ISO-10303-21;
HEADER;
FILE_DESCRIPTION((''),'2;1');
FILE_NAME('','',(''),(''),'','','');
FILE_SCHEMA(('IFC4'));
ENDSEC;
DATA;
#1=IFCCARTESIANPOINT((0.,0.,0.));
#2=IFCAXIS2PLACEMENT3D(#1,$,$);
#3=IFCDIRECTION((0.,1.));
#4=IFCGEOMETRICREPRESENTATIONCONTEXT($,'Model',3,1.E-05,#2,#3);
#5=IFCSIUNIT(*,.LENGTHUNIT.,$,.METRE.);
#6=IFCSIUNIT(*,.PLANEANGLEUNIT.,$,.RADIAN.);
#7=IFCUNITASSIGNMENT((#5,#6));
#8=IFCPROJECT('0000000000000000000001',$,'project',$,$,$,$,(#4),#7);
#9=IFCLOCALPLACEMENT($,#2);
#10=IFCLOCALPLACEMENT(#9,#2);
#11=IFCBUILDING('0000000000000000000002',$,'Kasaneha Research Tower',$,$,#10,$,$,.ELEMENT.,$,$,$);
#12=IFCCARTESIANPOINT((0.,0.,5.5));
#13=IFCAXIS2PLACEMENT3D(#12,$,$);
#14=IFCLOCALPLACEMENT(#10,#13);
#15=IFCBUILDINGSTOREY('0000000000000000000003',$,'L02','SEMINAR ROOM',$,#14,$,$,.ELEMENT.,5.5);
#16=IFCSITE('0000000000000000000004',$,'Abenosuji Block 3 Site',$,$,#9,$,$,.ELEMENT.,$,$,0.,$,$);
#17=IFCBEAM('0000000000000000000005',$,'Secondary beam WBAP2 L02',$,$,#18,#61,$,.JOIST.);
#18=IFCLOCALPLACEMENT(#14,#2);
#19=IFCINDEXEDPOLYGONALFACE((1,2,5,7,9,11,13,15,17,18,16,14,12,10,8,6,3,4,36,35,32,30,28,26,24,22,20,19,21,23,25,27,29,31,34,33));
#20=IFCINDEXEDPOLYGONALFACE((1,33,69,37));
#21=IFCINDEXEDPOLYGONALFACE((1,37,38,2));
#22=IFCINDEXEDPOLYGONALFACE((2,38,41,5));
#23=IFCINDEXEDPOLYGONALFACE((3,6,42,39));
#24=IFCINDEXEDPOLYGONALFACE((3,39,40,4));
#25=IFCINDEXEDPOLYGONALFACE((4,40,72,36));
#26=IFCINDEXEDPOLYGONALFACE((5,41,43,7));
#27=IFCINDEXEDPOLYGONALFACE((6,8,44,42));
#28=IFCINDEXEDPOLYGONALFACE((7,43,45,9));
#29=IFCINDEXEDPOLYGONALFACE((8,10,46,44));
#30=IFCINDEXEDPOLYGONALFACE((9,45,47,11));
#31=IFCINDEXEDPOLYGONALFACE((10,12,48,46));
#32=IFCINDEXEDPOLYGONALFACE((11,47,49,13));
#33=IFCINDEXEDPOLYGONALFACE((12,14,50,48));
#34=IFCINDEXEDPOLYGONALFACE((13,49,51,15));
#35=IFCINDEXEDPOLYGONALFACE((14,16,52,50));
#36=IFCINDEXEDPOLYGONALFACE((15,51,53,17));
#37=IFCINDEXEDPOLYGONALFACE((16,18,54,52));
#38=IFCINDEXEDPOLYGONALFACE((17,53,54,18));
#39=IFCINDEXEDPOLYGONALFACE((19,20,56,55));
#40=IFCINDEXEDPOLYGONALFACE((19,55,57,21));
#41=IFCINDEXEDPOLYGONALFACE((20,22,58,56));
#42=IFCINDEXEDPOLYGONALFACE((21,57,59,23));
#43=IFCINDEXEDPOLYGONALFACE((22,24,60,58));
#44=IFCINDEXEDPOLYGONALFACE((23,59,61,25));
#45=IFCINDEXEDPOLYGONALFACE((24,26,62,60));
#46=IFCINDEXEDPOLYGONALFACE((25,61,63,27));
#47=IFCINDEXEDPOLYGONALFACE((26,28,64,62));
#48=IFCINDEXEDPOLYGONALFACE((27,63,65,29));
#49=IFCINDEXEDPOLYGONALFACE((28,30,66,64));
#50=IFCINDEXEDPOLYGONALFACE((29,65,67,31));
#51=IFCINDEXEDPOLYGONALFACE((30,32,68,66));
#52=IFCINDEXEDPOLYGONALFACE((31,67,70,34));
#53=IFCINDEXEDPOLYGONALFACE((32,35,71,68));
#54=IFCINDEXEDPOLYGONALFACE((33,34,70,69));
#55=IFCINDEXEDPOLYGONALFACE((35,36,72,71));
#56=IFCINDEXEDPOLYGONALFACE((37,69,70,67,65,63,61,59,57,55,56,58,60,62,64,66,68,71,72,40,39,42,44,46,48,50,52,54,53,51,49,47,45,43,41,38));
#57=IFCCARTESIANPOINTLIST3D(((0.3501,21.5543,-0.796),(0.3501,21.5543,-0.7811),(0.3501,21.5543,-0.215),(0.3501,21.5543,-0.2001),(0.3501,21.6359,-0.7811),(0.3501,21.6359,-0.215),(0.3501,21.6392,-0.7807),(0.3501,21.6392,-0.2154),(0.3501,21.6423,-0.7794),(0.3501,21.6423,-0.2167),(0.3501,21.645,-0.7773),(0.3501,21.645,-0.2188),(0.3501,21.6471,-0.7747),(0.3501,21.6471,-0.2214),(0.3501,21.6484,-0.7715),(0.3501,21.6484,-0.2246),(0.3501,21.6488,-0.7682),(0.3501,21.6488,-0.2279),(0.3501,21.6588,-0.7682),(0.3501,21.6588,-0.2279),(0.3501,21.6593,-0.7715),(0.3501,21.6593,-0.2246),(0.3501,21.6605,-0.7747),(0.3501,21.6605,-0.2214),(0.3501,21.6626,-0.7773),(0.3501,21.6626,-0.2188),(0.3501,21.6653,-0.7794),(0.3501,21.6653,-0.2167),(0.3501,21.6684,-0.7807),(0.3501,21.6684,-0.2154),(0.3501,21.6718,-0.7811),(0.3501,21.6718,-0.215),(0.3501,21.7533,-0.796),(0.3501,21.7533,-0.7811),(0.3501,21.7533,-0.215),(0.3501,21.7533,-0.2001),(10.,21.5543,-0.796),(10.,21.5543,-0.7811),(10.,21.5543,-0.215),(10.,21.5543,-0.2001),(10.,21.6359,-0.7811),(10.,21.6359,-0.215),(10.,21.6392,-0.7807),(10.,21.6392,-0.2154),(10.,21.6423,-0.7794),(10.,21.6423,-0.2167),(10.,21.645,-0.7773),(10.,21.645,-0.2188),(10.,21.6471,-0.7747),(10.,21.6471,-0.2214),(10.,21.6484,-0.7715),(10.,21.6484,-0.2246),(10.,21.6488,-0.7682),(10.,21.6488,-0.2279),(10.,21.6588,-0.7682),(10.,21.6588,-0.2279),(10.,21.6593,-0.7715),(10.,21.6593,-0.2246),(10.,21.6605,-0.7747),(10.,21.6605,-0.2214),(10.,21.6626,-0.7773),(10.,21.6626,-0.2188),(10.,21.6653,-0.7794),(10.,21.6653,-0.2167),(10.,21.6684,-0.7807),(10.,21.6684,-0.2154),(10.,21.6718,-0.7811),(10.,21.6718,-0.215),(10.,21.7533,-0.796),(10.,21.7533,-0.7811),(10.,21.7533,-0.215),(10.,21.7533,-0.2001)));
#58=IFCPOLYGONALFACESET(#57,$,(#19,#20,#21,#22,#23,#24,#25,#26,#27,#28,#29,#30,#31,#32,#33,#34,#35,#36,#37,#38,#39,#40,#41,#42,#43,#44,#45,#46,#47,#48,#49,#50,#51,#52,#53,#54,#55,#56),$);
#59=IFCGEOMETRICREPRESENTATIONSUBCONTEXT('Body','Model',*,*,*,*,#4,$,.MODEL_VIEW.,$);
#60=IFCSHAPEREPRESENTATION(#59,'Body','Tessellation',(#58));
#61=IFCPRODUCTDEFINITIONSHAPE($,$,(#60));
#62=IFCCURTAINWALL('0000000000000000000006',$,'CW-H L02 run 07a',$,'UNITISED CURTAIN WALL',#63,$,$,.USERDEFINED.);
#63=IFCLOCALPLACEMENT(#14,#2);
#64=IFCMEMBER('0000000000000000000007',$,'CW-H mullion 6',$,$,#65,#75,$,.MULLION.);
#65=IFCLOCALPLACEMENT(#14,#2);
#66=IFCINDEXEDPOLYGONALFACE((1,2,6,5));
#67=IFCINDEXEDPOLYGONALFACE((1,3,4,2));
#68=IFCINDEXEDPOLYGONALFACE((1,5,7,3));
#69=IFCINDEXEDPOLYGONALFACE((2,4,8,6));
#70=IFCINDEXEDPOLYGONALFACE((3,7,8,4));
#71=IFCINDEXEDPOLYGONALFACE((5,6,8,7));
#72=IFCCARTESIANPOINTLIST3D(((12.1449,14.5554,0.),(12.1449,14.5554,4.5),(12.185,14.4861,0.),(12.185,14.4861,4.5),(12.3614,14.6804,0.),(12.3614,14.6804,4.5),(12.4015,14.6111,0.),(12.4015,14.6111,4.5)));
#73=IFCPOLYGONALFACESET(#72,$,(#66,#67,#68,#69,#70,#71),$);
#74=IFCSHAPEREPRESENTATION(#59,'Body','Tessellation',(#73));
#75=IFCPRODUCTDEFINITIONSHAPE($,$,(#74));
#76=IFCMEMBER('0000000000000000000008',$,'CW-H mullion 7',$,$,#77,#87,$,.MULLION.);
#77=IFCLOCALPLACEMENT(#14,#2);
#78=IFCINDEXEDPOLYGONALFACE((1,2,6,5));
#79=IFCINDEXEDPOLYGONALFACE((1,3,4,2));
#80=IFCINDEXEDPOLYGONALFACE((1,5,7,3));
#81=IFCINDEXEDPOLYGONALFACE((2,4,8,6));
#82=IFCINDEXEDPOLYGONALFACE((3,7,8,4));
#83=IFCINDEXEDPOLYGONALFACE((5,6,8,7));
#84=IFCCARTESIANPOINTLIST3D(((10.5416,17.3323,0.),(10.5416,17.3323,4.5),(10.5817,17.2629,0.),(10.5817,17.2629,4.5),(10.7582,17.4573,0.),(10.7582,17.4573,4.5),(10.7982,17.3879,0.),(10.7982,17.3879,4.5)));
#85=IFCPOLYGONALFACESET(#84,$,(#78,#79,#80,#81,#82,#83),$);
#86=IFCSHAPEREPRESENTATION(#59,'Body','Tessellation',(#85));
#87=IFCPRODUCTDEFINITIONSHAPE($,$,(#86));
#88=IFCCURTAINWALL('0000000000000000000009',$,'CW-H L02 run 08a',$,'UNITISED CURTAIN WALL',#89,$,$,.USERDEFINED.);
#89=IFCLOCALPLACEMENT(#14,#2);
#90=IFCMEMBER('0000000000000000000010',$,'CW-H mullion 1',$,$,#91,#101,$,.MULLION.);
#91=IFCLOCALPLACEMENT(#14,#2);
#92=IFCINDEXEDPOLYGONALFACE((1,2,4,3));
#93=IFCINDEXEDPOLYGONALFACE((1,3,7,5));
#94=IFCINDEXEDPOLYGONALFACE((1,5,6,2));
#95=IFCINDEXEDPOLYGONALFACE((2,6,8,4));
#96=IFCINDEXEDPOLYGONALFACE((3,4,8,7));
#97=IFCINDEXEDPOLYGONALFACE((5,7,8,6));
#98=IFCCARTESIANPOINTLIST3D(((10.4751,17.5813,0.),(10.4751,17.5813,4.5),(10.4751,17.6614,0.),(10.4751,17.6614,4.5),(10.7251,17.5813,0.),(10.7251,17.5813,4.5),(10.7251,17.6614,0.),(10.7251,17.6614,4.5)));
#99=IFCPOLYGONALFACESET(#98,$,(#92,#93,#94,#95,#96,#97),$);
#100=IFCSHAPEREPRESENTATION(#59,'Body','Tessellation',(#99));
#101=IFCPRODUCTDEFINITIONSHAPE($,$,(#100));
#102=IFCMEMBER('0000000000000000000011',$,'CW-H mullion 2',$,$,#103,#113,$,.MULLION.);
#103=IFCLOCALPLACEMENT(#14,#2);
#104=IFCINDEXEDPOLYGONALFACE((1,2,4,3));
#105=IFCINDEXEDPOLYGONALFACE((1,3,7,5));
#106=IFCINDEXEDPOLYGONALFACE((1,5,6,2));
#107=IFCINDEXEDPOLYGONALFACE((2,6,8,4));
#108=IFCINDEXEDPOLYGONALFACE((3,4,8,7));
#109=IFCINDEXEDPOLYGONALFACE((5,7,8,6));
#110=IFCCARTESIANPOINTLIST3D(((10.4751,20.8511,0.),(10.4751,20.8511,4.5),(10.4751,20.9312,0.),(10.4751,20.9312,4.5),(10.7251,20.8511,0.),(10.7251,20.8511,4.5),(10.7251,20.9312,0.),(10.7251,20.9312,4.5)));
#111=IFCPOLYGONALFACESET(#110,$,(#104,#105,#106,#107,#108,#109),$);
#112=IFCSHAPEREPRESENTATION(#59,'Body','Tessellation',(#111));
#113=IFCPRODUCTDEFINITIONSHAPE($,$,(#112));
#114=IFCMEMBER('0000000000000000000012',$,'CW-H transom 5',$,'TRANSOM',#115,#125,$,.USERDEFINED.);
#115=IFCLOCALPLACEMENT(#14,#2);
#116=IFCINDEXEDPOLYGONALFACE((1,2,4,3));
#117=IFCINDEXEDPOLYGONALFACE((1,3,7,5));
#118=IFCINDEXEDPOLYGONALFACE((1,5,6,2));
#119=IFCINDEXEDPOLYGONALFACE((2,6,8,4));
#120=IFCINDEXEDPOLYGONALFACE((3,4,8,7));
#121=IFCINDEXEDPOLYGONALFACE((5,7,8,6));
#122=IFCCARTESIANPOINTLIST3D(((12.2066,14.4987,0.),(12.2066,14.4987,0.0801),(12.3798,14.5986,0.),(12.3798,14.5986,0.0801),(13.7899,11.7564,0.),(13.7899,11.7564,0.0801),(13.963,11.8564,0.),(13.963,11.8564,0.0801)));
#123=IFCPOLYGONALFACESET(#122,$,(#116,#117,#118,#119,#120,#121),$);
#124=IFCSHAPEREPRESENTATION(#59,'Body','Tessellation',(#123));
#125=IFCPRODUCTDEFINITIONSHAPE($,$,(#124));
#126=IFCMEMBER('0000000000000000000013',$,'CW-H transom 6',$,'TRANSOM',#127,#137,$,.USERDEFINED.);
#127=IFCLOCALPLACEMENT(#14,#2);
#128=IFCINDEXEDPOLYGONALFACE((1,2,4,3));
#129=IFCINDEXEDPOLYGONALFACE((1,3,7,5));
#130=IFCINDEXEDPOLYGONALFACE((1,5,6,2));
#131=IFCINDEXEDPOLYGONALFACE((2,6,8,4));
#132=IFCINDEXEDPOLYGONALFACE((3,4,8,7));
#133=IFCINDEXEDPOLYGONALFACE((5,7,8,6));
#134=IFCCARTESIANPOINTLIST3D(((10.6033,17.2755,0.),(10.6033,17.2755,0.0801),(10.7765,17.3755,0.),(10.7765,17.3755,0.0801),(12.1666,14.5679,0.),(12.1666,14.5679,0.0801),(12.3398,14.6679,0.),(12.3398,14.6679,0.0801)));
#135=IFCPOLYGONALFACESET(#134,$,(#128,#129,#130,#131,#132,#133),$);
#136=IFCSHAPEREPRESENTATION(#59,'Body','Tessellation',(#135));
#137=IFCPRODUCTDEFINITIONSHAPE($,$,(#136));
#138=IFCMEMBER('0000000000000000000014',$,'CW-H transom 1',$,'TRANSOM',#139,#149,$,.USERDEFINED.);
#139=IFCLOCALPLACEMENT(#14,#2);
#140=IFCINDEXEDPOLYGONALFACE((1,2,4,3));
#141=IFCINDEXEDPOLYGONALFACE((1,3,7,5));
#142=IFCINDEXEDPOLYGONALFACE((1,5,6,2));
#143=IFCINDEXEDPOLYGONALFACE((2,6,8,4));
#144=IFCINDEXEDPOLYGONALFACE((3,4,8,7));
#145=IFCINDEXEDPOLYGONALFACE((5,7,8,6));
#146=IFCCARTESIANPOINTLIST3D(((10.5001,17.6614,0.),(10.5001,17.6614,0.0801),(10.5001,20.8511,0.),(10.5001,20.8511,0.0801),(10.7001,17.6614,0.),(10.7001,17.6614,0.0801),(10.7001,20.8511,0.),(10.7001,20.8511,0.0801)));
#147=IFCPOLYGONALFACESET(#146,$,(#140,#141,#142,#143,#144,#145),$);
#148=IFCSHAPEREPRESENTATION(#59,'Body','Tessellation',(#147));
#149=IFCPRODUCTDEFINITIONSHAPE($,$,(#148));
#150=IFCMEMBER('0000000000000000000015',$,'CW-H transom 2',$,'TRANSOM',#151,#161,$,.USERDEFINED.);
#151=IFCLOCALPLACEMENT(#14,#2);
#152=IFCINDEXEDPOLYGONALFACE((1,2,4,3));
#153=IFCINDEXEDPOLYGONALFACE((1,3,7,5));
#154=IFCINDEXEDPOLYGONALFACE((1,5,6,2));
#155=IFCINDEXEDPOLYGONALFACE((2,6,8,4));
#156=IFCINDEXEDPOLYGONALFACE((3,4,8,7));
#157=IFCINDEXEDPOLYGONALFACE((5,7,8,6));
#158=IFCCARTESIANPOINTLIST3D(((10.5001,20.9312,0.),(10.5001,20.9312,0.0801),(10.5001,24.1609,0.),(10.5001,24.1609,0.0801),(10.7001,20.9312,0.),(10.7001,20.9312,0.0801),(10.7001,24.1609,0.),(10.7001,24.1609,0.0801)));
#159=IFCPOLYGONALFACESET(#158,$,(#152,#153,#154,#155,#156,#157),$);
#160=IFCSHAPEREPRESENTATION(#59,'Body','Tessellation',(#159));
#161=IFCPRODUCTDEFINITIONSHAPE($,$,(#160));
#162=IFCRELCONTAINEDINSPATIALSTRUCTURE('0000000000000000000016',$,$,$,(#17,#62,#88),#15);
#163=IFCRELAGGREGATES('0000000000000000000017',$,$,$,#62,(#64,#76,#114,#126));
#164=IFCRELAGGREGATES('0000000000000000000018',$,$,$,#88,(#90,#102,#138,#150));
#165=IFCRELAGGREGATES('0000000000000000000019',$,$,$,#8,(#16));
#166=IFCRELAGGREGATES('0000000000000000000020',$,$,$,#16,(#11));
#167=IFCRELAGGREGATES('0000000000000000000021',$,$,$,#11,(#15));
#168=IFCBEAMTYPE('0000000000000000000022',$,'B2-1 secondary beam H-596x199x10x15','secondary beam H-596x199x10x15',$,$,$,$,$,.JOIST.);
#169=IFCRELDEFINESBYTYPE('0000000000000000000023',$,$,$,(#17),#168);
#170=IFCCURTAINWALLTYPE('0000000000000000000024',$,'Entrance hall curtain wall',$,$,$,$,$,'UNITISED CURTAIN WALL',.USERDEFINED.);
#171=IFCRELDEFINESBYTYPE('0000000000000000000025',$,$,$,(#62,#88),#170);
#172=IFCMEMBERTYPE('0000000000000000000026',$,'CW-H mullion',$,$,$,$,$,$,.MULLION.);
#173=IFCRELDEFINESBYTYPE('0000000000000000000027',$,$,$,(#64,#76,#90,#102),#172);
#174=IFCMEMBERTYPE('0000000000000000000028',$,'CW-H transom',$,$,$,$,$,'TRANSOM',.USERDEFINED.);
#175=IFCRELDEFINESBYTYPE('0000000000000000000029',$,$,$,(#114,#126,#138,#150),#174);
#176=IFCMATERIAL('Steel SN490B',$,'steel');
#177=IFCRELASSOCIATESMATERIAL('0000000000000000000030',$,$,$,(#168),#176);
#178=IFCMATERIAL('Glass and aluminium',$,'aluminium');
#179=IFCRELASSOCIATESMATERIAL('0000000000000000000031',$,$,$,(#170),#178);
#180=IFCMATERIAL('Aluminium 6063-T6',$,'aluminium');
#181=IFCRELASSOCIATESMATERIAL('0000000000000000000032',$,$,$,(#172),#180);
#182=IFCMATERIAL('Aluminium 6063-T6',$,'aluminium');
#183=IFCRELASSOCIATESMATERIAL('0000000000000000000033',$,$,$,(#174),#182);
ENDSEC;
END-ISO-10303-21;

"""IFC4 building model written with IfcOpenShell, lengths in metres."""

from ifc_helpers import new_model, si_unit, direction, frame, origin, origin_2d, place, context, subcontext, project, spatial, rectangle, i_section, extrude, material, material_profile, profile_set, type_object, element, aggregate, save


model = new_model("IFC4")

# Units and contexts
model_context = context("Model", 3, precision=1e-05, world=origin(), true_north=direction((0.0, 1.0)))
body_context = subcontext(model_context, "Body", "Model", "MODEL_VIEW")
ifc_project = project(units=[si_unit("LENGTHUNIT", "METRE"), si_unit("PLANEANGLEUNIT", "RADIAN")], contexts=[model_context])

# Site, building, storey
site_placement = place(None, origin())
site = spatial("IfcSite", under=ifc_project, at=site_placement, Name="Abenosuji Block 3 Site", CompositionType="ELEMENT", RefElevation=0.0)
building_placement = place(site_placement, origin())
building = spatial("IfcBuilding", under=site, at=building_placement, Name="Kasaneha Research Tower", CompositionType="ELEMENT")
storey_placement = place(building_placement, frame((0.0, 0.0, 5.5)))
storey = spatial("IfcBuildingStorey", under=building, at=storey_placement, Name="L02", Description="SEMINAR ROOM", CompositionType="ELEMENT", Elevation=5.5)

# Beam
ifc_material_1 = material(Name="Steel SN490B", Category="steel")
ifc_material_profile_1 = material_profile(ifc_material_1, i_section(OverallWidth=0.199, OverallDepth=0.5959, WebThickness=0.01, FlangeThickness=0.0149, FilletRadius=0.0129, at=origin_2d()), Name="H-596x199x10x15")
ifc_profile_set_1 = profile_set([ifc_material_profile_1], Name="Steel SN490B")
beam_type_1 = type_object("IfcBeamType", Name="B2-1 secondary beam H-596x199x10x15", Description="secondary beam H-596x199x10x15", PredefinedType="JOIST", material=ifc_profile_set_1)
for number, where, z_axis, x_axis, name in (
    (1, (10.0, 21.6538, -0.498), (-1.0, 0.0, 0.0), (0.0, -1.0, 0.0), "Secondary beam WBAP2 L02"),
):
    element("IfcBeam", number, at=place(storey_placement, frame(where, z_axis=z_axis, x_axis=x_axis)), inside=storey, type_object=beam_type_1, Name=name, PredefinedType="JOIST", context=body_context, shape_type="SweptSolid", body=[
        extrude(i_section(OverallWidth=0.199, OverallDepth=0.5959, WebThickness=0.01, FlangeThickness=0.0149, FilletRadius=0.0129, at=origin_2d()), origin(), (0.0, 0.0, 1.0), 9.6499),
    ])

# Curtain walls, members
ifc_material_2 = material(Name="Glass and aluminium", Category="aluminium")
curtain_wall_type = type_object("IfcCurtainWallType", Name="Entrance hall curtain wall", ElementType="UNITISED CURTAIN WALL", PredefinedType="USERDEFINED", material=ifc_material_2)
curtain_wall_1_placement = place(storey_placement, origin())
curtain_wall_1 = element("IfcCurtainWall", 2, at=curtain_wall_1_placement, inside=storey, type_object=curtain_wall_type, Name="CW-H L02 run 07a", ObjectType="UNITISED CURTAIN WALL", PredefinedType="USERDEFINED")
ifc_material_3 = material(Name="Aluminium 6063-T6", Category="aluminium")
ifc_material_profile_2 = material_profile(ifc_material_3, rectangle(XDim=0.0801, YDim=0.25, at=origin_2d()), Name="CW-H mullion 80x250")
ifc_profile_set_2 = profile_set([ifc_material_profile_2], Name="Aluminium 6063-T6")
member_type_1 = type_object("IfcMemberType", Name="CW-H mullion", PredefinedType="MULLION", material=ifc_profile_set_2)
member_1_placement = place(storey_placement, frame((12.2732, 14.5833, 0.0), z_axis=(0.0, 0.0, 1.0), x_axis=(-0.5, 0.866025, 0.0)))
member_1 = element("IfcMember", 3, at=member_1_placement, type_object=member_type_1, Name="CW-H mullion 6", PredefinedType="MULLION", context=body_context, shape_type="SweptSolid", body=[
    extrude(rectangle(XDim=0.0801, YDim=0.25, at=origin_2d()), origin(), (0.0, 0.0, 1.0), 4.5),
])
member_2_placement = place(storey_placement, frame((10.6699, 17.3601, 0.0), z_axis=(0.0, 0.0, 1.0), x_axis=(-0.5, 0.866025, 0.0)))
member_2 = element("IfcMember", 4, at=member_2_placement, type_object=member_type_1, Name="CW-H mullion 7", PredefinedType="MULLION", context=body_context, shape_type="SweptSolid", body=[
    extrude(rectangle(XDim=0.0801, YDim=0.25, at=origin_2d()), origin(), (0.0, 0.0, 1.0), 4.5),
])
curtain_wall_2_placement = place(storey_placement, origin())
curtain_wall_2 = element("IfcCurtainWall", 5, at=curtain_wall_2_placement, inside=storey, type_object=curtain_wall_type, Name="CW-H L02 run 08a", ObjectType="UNITISED CURTAIN WALL", PredefinedType="USERDEFINED")
member_3_placement = place(storey_placement, frame((10.6001, 17.6213, 0.0), z_axis=(0.0, 0.0, 1.0), x_axis=(0.0, 1.0, 0.0)))
member_3 = element("IfcMember", 6, at=member_3_placement, type_object=member_type_1, Name="CW-H mullion 1", PredefinedType="MULLION", context=body_context, shape_type="SweptSolid", body=[
    extrude(rectangle(XDim=0.0801, YDim=0.25, at=origin_2d()), origin(), (0.0, 0.0, 1.0), 4.5),
])
member_4_placement = place(storey_placement, frame((10.6001, 20.8911, 0.0), z_axis=(0.0, 0.0, 1.0), x_axis=(0.0, 1.0, 0.0)))
member_4 = element("IfcMember", 7, at=member_4_placement, type_object=member_type_1, Name="CW-H mullion 2", PredefinedType="MULLION", context=body_context, shape_type="SweptSolid", body=[
    extrude(rectangle(XDim=0.0801, YDim=0.25, at=origin_2d()), origin(), (0.0, 0.0, 1.0), 4.5),
])

# Members
ifc_material_4 = material(Name="Aluminium 6063-T6", Category="aluminium")
ifc_material_profile_3 = material_profile(ifc_material_4, rectangle(XDim=0.2, YDim=0.0801, at=origin_2d()), Name="CW-H transom 200x80")
ifc_profile_set_3 = profile_set([ifc_material_profile_3], Name="Aluminium 6063-T6")
member_type_2 = type_object("IfcMemberType", Name="CW-H transom", ElementType="TRANSOM", PredefinedType="USERDEFINED", material=ifc_profile_set_3)
member_5_placement = place(storey_placement, frame((13.8765, 11.8064, 0.04), z_axis=(-0.500012, 0.866019, 0.0), x_axis=(-0.866019, -0.500012, 0.0)))
member_5 = element("IfcMember", 8, at=member_5_placement, type_object=member_type_2, Name="CW-H transom 5", ObjectType="TRANSOM", PredefinedType="USERDEFINED", context=body_context, shape_type="SweptSolid", body=[
    extrude(rectangle(XDim=0.2, YDim=0.0801, at=origin_2d()), origin(), (0.0, 0.0, 1.0), 3.1665),
])
member_6_placement = place(storey_placement, frame((12.2532, 14.6179, 0.04), z_axis=(-0.500011, 0.866019, 0.0), x_axis=(-0.866019, -0.500011, 0.0)))
member_6 = element("IfcMember", 9, at=member_6_placement, type_object=member_type_2, Name="CW-H transom 6", ObjectType="TRANSOM", PredefinedType="USERDEFINED", context=body_context, shape_type="SweptSolid", body=[
    extrude(rectangle(XDim=0.2, YDim=0.0801, at=origin_2d()), origin(), (0.0, 0.0, 1.0), 3.1265),
])
member_7_placement = place(storey_placement, frame((10.6001, 17.6614, 0.04), z_axis=(0.0, 1.0, 0.0), x_axis=(-1.0, 0.0, 0.0)))
member_7 = element("IfcMember", 10, at=member_7_placement, type_object=member_type_2, Name="CW-H transom 1", ObjectType="TRANSOM", PredefinedType="USERDEFINED", context=body_context, shape_type="SweptSolid", body=[
    extrude(rectangle(XDim=0.2, YDim=0.0801, at=origin_2d()), origin(), (0.0, 0.0, 1.0), 3.1897),
])
member_8_placement = place(storey_placement, frame((10.6001, 20.9312, 0.04), z_axis=(0.0, 1.0, 0.0), x_axis=(-1.0, 0.0, 0.0)))
member_8 = element("IfcMember", 11, at=member_8_placement, type_object=member_type_2, Name="CW-H transom 2", ObjectType="TRANSOM", PredefinedType="USERDEFINED", context=body_context, shape_type="SweptSolid", body=[
    extrude(rectangle(XDim=0.2, YDim=0.0801, at=origin_2d()), origin(), (0.0, 0.0, 1.0), 3.2297),
])

aggregate(curtain_wall_1, [member_1, member_2, member_5, member_6])
aggregate(curtain_wall_2, [member_3, member_4, member_7, member_8])

save(model, "model.ifc")
